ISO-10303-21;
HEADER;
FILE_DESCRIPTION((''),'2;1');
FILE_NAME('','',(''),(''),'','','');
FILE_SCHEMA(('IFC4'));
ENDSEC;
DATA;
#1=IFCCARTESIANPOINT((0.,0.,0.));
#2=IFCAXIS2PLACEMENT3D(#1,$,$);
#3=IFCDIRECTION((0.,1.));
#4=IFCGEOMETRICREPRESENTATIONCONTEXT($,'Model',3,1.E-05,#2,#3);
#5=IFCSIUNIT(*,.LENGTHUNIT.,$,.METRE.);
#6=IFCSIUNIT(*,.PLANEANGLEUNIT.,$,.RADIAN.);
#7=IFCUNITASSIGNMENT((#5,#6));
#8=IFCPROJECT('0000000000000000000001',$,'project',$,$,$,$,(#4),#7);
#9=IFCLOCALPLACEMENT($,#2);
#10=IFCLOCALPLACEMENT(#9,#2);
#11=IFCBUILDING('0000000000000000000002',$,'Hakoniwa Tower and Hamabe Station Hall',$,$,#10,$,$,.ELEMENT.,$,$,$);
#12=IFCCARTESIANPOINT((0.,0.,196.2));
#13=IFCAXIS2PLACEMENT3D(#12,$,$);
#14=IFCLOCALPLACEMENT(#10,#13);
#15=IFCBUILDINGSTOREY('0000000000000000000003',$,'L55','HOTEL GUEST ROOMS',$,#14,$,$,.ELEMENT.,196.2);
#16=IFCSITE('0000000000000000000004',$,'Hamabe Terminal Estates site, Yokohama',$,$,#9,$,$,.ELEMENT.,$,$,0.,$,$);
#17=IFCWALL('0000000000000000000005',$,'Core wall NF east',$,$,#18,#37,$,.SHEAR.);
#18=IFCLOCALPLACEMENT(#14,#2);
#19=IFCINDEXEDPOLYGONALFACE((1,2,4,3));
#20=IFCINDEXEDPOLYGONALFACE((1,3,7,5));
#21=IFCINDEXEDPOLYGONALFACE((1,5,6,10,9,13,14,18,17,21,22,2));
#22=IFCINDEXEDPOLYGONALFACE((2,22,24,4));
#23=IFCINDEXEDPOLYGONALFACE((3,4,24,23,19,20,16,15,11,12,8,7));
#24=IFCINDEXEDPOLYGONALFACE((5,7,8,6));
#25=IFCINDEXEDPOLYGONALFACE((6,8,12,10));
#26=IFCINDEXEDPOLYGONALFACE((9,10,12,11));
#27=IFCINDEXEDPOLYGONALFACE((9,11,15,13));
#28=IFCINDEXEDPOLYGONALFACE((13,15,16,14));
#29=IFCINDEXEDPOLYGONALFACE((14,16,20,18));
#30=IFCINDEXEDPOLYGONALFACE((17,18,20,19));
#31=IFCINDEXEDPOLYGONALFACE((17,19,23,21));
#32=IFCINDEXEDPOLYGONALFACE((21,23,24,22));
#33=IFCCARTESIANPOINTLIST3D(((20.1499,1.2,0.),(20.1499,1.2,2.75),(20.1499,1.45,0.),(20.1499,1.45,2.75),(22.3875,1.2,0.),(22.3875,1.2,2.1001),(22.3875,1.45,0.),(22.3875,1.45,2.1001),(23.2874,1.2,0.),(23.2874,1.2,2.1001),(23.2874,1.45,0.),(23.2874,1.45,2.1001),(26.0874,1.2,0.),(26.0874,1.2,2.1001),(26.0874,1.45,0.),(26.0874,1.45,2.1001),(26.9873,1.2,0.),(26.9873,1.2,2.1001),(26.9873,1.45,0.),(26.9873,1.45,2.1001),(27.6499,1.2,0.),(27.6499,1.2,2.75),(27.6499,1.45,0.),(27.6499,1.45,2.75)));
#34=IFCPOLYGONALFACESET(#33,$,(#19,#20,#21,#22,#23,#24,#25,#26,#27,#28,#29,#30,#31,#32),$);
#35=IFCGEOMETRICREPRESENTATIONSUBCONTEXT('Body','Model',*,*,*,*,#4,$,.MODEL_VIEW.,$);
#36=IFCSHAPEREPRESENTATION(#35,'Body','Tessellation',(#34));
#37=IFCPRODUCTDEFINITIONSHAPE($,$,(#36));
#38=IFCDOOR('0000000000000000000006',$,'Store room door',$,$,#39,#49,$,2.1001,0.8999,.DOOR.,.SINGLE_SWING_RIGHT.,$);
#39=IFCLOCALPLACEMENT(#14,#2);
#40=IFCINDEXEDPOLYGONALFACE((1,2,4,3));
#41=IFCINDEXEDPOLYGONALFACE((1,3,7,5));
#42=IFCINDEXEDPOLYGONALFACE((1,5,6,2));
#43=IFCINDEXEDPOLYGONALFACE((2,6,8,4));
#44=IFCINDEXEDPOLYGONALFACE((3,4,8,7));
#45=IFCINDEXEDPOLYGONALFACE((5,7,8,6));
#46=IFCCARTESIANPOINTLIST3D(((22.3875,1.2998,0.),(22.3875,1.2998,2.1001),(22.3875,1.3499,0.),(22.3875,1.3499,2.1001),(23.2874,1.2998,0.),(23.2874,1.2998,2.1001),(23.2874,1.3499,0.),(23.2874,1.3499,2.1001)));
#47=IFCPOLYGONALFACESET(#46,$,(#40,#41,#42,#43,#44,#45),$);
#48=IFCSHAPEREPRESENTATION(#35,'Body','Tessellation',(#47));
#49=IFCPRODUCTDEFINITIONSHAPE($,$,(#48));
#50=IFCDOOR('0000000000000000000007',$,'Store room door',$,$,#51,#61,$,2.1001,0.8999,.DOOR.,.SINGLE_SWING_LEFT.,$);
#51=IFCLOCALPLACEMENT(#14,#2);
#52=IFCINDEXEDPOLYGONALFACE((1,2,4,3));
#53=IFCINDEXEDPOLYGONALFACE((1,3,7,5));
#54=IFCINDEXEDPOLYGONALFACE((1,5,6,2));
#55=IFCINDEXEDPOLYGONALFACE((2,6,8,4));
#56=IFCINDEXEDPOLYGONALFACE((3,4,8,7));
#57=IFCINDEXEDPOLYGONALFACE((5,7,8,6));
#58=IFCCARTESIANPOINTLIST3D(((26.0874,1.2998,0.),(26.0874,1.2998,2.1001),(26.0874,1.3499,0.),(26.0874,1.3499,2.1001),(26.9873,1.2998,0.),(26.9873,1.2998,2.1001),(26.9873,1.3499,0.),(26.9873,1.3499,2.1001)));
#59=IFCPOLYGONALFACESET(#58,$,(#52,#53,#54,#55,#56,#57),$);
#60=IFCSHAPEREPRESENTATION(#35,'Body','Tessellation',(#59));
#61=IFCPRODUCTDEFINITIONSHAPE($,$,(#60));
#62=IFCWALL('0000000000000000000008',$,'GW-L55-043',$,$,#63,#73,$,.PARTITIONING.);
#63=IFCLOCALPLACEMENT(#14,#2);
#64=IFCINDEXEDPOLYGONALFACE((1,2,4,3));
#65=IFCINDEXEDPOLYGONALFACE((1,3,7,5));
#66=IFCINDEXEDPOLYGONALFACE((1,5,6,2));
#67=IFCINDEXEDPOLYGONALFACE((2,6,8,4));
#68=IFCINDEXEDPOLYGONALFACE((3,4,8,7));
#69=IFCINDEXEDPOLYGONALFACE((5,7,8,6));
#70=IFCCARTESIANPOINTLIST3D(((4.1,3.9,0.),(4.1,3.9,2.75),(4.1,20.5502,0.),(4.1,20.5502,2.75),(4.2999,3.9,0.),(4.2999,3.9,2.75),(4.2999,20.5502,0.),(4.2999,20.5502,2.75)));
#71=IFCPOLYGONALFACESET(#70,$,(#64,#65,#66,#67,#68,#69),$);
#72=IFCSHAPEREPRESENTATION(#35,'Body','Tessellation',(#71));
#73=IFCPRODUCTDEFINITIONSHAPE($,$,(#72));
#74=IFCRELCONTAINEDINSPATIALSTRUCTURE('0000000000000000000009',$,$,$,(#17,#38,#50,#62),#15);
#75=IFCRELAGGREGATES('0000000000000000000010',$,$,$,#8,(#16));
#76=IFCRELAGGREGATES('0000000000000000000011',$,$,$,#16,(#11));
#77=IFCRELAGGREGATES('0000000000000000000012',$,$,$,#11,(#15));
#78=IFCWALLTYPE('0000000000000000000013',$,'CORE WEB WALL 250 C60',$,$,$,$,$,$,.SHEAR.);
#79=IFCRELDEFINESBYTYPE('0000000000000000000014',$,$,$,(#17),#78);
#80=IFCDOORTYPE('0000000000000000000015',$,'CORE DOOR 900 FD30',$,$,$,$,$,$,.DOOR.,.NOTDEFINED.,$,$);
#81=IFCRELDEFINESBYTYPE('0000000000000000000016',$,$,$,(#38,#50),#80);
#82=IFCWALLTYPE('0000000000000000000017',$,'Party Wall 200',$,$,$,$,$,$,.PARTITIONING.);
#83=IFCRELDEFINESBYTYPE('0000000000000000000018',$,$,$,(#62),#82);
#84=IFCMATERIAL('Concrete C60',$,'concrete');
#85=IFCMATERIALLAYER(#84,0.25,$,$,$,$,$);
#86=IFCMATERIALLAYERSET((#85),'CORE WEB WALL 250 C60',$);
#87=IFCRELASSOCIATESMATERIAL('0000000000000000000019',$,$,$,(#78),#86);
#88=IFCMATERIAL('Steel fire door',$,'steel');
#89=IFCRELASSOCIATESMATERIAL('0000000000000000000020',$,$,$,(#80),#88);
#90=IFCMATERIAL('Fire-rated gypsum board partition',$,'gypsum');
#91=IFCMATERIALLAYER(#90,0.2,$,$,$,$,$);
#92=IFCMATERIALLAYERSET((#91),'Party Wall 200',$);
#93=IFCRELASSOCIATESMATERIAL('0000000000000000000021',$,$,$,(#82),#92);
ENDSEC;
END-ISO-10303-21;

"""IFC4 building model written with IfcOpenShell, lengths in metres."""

from ifc_helpers import new_model, si_unit, direction, frame, frame_2d, origin, place, context, subcontext, project, spatial, rectangle, extrude, material, layer, layer_set, type_object, element, fill, save


model = new_model("IFC4")

# Units and contexts
model_context = context("Model", 3, precision=1e-05, world=origin(), true_north=direction((0.0, 1.0)))
body_context = subcontext(model_context, "Body", "Model", "MODEL_VIEW")
ifc_project = project(units=[si_unit("LENGTHUNIT", "METRE"), si_unit("PLANEANGLEUNIT", "RADIAN")], contexts=[model_context])

# Site, building, storey
site_placement = place(None, origin())
site = spatial("IfcSite", under=ifc_project, at=site_placement, Name="Hamabe Terminal Estates site, Yokohama", CompositionType="ELEMENT", RefElevation=0.0)
building_placement = place(site_placement, origin())
building = spatial("IfcBuilding", under=site, at=building_placement, Name="Hakoniwa Tower and Hamabe Station Hall", CompositionType="ELEMENT")
storey_placement = place(building_placement, frame((0.0, 0.0, 196.2)))
storey = spatial("IfcBuildingStorey", under=building, at=storey_placement, Name="L55", Description="HOTEL GUEST ROOMS", CompositionType="ELEMENT", Elevation=196.2)

# Shared definitions
ifc_material_1 = material(Name="Concrete C60", Category="concrete")
ifc_layer_1 = layer(ifc_material_1, 0.25)
ifc_layer_set_1 = layer_set([ifc_layer_1], Name="CORE WEB WALL 250 C60")
wall_type_1 = type_object("IfcWallType", Name="CORE WEB WALL 250 C60", PredefinedType="SHEAR", material=ifc_layer_set_1)

# Wall, openings, doors
wall_1_placement = place(storey_placement, frame((20.1499, 1.325, 0.0), z_axis=(0.0, 0.0, 1.0), x_axis=(1.0, 0.0, 0.0)))
wall_1 = element("IfcWall", 1, at=wall_1_placement, inside=storey, type_object=wall_type_1, Name="Core wall NF east", PredefinedType="SHEAR", context=body_context, shape_type="SweptSolid", body=[
    extrude(rectangle(XDim=7.5, YDim=0.25, at=frame_2d((3.75, 0.0))), origin(), (0.0, 0.0, 1.0), 2.75),
])
opening_1_placement = place(wall_1_placement, frame((2.2375, 0.0, 0.0)))
opening_1 = element("IfcOpeningElement", 2, at=opening_1_placement, cuts=wall_1, PredefinedType="OPENING", context=body_context, shape_type="SweptSolid", body=[
    extrude(rectangle(XDim=0.8999, YDim=2.1001, at=frame_2d((0.45, 1.05))), frame((0.0, 0.135, 0.0), z_axis=(0.0, -1.0, 0.0), x_axis=(1.0, 0.0, 0.0)), (0.0, 0.0, 1.0), 0.27),
])
opening_2_placement = place(wall_1_placement, frame((5.9375, 0.0, 0.0)))
opening_2 = element("IfcOpeningElement", 3, at=opening_2_placement, cuts=wall_1, PredefinedType="OPENING", context=body_context, shape_type="SweptSolid", body=[
    extrude(rectangle(XDim=0.8999, YDim=2.1001, at=frame_2d((0.45, 1.05))), frame((0.0, 0.135, 0.0), z_axis=(0.0, -1.0, 0.0), x_axis=(1.0, 0.0, 0.0)), (0.0, 0.0, 1.0), 0.27),
])
ifc_material_2 = material(Name="Steel fire door", Category="steel")
door_type_1 = type_object("IfcDoorType", Name="CORE DOOR 900 FD30", OperationType="NOTDEFINED", PredefinedType="DOOR", material=ifc_material_2)
door_1_placement = place(opening_1_placement, origin())
door_1 = element("IfcDoor", 4, at=door_1_placement, inside=storey, type_object=door_type_1, Name="Store room door", OperationType="SINGLE_SWING_RIGHT", OverallHeight=2.1001, OverallWidth=0.8999, PredefinedType="DOOR", context=body_context, shape_type="SweptSolid", body=[
    extrude(rectangle(XDim=0.8999, YDim=2.1001, at=frame_2d((0.45, 1.05))), frame((0.0, 0.0249, 0.0), z_axis=(0.0, -1.0, 0.0), x_axis=(1.0, 0.0, 0.0)), (0.0, 0.0, 1.0), 0.05),
])
fill(opening_1, door_1)
door_2_placement = place(opening_2_placement, origin())
door_2 = element("IfcDoor", 5, at=door_2_placement, inside=storey, type_object=door_type_1, Name="Store room door", OperationType="SINGLE_SWING_LEFT", OverallHeight=2.1001, OverallWidth=0.8999, PredefinedType="DOOR", context=body_context, shape_type="SweptSolid", body=[
    extrude(rectangle(XDim=0.8999, YDim=2.1001, at=frame_2d((0.45, 1.05))), frame((0.0, 0.0249, 0.0), z_axis=(0.0, -1.0, 0.0), x_axis=(1.0, 0.0, 0.0)), (0.0, 0.0, 1.0), 0.05),
])
fill(opening_2, door_2)

# Wall
ifc_material_3 = material(Name="Fire-rated gypsum board partition", Category="gypsum")
ifc_layer_2 = layer(ifc_material_3, 0.2)
ifc_layer_set_2 = layer_set([ifc_layer_2], Name="Party Wall 200")
wall_type_2 = type_object("IfcWallType", Name="Party Wall 200", PredefinedType="PARTITIONING", material=ifc_layer_set_2)
wall_2_placement = place(storey_placement, frame((4.2, 3.8999, 0.0), z_axis=(0.0, 0.0, 1.0), x_axis=(0.0, 1.0, 0.0)))
element("IfcWall", 6, at=wall_2_placement, inside=storey, type_object=wall_type_2, Name="GW-L55-043", PredefinedType="PARTITIONING", context=body_context, shape_type="SweptSolid", body=[
    extrude(rectangle(XDim=16.6501, YDim=0.2, at=frame_2d((8.3252, 0.0))), origin(), (0.0, 0.0, 1.0), 2.75),
])

save(model, "model.ifc")
